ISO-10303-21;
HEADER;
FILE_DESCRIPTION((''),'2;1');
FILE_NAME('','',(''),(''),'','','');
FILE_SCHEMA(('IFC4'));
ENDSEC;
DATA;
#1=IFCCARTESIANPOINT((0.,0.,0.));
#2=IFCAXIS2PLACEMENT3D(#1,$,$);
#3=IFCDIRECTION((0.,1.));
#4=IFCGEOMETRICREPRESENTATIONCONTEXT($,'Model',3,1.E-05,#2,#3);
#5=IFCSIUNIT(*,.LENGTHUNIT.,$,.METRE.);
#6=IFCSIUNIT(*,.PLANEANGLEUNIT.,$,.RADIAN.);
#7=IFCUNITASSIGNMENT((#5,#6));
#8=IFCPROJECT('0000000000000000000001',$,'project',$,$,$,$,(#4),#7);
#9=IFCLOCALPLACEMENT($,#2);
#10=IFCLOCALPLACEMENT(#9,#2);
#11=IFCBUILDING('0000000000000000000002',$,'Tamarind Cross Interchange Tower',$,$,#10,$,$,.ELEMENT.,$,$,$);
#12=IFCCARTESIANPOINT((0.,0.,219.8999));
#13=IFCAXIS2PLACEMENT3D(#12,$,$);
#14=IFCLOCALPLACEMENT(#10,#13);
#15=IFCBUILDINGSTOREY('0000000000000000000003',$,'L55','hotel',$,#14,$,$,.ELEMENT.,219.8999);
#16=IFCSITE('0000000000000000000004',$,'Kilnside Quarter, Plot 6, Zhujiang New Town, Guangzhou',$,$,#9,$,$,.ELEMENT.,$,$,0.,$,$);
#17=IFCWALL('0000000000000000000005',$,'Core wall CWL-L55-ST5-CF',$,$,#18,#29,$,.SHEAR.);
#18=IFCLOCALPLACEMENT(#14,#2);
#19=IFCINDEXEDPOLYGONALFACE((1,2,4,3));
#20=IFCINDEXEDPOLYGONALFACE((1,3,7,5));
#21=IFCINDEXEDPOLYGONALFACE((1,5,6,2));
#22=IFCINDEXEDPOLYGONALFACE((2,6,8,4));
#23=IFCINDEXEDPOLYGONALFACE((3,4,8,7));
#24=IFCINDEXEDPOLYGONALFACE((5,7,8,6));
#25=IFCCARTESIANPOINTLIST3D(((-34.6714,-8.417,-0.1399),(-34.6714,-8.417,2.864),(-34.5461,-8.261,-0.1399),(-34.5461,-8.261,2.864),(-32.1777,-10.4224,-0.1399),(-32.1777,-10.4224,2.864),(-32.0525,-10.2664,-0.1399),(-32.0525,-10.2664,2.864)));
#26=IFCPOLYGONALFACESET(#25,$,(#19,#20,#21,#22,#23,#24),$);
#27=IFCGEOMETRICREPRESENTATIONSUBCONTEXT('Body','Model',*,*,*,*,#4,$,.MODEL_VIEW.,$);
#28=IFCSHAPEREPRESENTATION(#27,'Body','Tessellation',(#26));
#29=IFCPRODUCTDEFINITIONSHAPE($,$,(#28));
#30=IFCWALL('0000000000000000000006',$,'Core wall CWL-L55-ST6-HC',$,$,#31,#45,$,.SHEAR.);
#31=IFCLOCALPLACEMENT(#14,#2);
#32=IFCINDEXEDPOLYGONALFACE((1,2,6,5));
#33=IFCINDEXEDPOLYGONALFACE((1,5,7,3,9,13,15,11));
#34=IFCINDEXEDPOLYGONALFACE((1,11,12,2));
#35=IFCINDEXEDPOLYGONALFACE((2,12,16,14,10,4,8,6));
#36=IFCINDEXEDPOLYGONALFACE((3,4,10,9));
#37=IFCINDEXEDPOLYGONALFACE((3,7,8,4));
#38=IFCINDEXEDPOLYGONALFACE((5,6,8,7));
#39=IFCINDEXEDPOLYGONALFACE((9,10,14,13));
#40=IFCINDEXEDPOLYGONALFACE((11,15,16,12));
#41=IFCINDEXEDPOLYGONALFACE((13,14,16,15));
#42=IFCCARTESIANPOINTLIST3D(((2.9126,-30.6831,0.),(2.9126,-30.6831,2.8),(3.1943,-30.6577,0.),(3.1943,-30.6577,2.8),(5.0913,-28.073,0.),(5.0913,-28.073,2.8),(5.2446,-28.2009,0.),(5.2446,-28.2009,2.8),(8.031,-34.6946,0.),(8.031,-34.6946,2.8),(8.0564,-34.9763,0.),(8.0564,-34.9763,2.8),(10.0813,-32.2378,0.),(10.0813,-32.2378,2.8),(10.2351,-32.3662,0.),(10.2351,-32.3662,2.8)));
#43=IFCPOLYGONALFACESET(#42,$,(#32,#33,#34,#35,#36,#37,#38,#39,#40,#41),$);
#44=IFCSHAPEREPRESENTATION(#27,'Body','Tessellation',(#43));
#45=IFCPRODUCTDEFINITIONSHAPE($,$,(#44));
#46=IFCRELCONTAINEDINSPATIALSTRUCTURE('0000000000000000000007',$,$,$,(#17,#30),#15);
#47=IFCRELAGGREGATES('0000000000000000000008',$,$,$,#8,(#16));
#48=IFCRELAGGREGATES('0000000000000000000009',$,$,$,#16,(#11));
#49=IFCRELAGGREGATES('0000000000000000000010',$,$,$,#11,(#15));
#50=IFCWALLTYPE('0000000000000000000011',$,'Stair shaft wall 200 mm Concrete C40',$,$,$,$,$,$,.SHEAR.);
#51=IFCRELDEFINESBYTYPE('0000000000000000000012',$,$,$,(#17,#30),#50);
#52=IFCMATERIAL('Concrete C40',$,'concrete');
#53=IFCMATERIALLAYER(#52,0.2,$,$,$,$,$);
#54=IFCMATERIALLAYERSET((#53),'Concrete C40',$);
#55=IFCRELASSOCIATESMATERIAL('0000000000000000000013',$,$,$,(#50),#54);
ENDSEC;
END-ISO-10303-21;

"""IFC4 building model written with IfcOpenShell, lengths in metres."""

from ifc_helpers import new_model, si_unit, direction, frame, origin, place, context, subcontext, project, spatial, polyline, outline, extrude, material, layer, layer_set, type_object, element, save


model = new_model("IFC4")

# Units and contexts
model_context = context("Model", 3, precision=1e-05, world=origin(), true_north=direction((0.0, 1.0)))
body_context = subcontext(model_context, "Body", "Model", "MODEL_VIEW")
ifc_project = project(units=[si_unit("LENGTHUNIT", "METRE"), si_unit("PLANEANGLEUNIT", "RADIAN")], contexts=[model_context])

# Site, building, storey
site_placement = place(None, origin())
site = spatial("IfcSite", under=ifc_project, at=site_placement, Name="Kilnside Quarter, Plot 6, Zhujiang New Town, Guangzhou", CompositionType="ELEMENT", RefElevation=0.0)
building_placement = place(site_placement, origin())
building = spatial("IfcBuilding", under=site, at=building_placement, Name="Tamarind Cross Interchange Tower", CompositionType="ELEMENT")
storey_placement = place(building_placement, frame((0.0, 0.0, 219.8999)))
storey = spatial("IfcBuildingStorey", under=building, at=storey_placement, Name="L55", Description="hotel", CompositionType="ELEMENT", Elevation=219.8999)

# Shared definitions
ifc_material_1 = material(Name="Concrete C40", Category="concrete")

# Walls
ifc_layer_1 = layer(ifc_material_1, 0.2)
ifc_layer_set_1 = layer_set([ifc_layer_1], Name="Concrete C40")
wall_type_1 = type_object("IfcWallType", Name="Stair shaft wall 200 mm Concrete C40", PredefinedType="SHEAR", material=ifc_layer_set_1)
wall_1_placement = place(storey_placement, frame((0.0, 0.0, -0.1399)))
element("IfcWall", 1, at=wall_1_placement, inside=storey, type_object=wall_type_1, Name="Core wall CWL-L55-ST5-CF", PredefinedType="SHEAR", context=body_context, shape_type="SweptSolid", body=[
    extrude(outline(polyline([(-34.5461, -8.261), (-34.6714, -8.417), (-32.1777, -10.4224), (-32.0525, -10.2664), (-34.5461, -8.261)])), origin(), (0.0, 0.0, 1.0), 3.0039),
])
wall_2_placement = place(storey_placement, origin())
element("IfcWall", 2, at=wall_2_placement, inside=storey, type_object=wall_type_1, Name="Core wall CWL-L55-ST6-HC", PredefinedType="SHEAR", context=body_context, shape_type="SweptSolid", body=[
    extrude(outline(polyline([(2.9126, -30.6831), (8.0564, -34.9763), (10.2351, -32.3662), (10.0813, -32.2378), (8.031, -34.6946), (3.1943, -30.6577), (5.2446, -28.2009), (5.0913, -28.073), (2.9126, -30.6831)])), origin(), (0.0, 0.0, 1.0), 2.8),
])

save(model, "model.ifc")
